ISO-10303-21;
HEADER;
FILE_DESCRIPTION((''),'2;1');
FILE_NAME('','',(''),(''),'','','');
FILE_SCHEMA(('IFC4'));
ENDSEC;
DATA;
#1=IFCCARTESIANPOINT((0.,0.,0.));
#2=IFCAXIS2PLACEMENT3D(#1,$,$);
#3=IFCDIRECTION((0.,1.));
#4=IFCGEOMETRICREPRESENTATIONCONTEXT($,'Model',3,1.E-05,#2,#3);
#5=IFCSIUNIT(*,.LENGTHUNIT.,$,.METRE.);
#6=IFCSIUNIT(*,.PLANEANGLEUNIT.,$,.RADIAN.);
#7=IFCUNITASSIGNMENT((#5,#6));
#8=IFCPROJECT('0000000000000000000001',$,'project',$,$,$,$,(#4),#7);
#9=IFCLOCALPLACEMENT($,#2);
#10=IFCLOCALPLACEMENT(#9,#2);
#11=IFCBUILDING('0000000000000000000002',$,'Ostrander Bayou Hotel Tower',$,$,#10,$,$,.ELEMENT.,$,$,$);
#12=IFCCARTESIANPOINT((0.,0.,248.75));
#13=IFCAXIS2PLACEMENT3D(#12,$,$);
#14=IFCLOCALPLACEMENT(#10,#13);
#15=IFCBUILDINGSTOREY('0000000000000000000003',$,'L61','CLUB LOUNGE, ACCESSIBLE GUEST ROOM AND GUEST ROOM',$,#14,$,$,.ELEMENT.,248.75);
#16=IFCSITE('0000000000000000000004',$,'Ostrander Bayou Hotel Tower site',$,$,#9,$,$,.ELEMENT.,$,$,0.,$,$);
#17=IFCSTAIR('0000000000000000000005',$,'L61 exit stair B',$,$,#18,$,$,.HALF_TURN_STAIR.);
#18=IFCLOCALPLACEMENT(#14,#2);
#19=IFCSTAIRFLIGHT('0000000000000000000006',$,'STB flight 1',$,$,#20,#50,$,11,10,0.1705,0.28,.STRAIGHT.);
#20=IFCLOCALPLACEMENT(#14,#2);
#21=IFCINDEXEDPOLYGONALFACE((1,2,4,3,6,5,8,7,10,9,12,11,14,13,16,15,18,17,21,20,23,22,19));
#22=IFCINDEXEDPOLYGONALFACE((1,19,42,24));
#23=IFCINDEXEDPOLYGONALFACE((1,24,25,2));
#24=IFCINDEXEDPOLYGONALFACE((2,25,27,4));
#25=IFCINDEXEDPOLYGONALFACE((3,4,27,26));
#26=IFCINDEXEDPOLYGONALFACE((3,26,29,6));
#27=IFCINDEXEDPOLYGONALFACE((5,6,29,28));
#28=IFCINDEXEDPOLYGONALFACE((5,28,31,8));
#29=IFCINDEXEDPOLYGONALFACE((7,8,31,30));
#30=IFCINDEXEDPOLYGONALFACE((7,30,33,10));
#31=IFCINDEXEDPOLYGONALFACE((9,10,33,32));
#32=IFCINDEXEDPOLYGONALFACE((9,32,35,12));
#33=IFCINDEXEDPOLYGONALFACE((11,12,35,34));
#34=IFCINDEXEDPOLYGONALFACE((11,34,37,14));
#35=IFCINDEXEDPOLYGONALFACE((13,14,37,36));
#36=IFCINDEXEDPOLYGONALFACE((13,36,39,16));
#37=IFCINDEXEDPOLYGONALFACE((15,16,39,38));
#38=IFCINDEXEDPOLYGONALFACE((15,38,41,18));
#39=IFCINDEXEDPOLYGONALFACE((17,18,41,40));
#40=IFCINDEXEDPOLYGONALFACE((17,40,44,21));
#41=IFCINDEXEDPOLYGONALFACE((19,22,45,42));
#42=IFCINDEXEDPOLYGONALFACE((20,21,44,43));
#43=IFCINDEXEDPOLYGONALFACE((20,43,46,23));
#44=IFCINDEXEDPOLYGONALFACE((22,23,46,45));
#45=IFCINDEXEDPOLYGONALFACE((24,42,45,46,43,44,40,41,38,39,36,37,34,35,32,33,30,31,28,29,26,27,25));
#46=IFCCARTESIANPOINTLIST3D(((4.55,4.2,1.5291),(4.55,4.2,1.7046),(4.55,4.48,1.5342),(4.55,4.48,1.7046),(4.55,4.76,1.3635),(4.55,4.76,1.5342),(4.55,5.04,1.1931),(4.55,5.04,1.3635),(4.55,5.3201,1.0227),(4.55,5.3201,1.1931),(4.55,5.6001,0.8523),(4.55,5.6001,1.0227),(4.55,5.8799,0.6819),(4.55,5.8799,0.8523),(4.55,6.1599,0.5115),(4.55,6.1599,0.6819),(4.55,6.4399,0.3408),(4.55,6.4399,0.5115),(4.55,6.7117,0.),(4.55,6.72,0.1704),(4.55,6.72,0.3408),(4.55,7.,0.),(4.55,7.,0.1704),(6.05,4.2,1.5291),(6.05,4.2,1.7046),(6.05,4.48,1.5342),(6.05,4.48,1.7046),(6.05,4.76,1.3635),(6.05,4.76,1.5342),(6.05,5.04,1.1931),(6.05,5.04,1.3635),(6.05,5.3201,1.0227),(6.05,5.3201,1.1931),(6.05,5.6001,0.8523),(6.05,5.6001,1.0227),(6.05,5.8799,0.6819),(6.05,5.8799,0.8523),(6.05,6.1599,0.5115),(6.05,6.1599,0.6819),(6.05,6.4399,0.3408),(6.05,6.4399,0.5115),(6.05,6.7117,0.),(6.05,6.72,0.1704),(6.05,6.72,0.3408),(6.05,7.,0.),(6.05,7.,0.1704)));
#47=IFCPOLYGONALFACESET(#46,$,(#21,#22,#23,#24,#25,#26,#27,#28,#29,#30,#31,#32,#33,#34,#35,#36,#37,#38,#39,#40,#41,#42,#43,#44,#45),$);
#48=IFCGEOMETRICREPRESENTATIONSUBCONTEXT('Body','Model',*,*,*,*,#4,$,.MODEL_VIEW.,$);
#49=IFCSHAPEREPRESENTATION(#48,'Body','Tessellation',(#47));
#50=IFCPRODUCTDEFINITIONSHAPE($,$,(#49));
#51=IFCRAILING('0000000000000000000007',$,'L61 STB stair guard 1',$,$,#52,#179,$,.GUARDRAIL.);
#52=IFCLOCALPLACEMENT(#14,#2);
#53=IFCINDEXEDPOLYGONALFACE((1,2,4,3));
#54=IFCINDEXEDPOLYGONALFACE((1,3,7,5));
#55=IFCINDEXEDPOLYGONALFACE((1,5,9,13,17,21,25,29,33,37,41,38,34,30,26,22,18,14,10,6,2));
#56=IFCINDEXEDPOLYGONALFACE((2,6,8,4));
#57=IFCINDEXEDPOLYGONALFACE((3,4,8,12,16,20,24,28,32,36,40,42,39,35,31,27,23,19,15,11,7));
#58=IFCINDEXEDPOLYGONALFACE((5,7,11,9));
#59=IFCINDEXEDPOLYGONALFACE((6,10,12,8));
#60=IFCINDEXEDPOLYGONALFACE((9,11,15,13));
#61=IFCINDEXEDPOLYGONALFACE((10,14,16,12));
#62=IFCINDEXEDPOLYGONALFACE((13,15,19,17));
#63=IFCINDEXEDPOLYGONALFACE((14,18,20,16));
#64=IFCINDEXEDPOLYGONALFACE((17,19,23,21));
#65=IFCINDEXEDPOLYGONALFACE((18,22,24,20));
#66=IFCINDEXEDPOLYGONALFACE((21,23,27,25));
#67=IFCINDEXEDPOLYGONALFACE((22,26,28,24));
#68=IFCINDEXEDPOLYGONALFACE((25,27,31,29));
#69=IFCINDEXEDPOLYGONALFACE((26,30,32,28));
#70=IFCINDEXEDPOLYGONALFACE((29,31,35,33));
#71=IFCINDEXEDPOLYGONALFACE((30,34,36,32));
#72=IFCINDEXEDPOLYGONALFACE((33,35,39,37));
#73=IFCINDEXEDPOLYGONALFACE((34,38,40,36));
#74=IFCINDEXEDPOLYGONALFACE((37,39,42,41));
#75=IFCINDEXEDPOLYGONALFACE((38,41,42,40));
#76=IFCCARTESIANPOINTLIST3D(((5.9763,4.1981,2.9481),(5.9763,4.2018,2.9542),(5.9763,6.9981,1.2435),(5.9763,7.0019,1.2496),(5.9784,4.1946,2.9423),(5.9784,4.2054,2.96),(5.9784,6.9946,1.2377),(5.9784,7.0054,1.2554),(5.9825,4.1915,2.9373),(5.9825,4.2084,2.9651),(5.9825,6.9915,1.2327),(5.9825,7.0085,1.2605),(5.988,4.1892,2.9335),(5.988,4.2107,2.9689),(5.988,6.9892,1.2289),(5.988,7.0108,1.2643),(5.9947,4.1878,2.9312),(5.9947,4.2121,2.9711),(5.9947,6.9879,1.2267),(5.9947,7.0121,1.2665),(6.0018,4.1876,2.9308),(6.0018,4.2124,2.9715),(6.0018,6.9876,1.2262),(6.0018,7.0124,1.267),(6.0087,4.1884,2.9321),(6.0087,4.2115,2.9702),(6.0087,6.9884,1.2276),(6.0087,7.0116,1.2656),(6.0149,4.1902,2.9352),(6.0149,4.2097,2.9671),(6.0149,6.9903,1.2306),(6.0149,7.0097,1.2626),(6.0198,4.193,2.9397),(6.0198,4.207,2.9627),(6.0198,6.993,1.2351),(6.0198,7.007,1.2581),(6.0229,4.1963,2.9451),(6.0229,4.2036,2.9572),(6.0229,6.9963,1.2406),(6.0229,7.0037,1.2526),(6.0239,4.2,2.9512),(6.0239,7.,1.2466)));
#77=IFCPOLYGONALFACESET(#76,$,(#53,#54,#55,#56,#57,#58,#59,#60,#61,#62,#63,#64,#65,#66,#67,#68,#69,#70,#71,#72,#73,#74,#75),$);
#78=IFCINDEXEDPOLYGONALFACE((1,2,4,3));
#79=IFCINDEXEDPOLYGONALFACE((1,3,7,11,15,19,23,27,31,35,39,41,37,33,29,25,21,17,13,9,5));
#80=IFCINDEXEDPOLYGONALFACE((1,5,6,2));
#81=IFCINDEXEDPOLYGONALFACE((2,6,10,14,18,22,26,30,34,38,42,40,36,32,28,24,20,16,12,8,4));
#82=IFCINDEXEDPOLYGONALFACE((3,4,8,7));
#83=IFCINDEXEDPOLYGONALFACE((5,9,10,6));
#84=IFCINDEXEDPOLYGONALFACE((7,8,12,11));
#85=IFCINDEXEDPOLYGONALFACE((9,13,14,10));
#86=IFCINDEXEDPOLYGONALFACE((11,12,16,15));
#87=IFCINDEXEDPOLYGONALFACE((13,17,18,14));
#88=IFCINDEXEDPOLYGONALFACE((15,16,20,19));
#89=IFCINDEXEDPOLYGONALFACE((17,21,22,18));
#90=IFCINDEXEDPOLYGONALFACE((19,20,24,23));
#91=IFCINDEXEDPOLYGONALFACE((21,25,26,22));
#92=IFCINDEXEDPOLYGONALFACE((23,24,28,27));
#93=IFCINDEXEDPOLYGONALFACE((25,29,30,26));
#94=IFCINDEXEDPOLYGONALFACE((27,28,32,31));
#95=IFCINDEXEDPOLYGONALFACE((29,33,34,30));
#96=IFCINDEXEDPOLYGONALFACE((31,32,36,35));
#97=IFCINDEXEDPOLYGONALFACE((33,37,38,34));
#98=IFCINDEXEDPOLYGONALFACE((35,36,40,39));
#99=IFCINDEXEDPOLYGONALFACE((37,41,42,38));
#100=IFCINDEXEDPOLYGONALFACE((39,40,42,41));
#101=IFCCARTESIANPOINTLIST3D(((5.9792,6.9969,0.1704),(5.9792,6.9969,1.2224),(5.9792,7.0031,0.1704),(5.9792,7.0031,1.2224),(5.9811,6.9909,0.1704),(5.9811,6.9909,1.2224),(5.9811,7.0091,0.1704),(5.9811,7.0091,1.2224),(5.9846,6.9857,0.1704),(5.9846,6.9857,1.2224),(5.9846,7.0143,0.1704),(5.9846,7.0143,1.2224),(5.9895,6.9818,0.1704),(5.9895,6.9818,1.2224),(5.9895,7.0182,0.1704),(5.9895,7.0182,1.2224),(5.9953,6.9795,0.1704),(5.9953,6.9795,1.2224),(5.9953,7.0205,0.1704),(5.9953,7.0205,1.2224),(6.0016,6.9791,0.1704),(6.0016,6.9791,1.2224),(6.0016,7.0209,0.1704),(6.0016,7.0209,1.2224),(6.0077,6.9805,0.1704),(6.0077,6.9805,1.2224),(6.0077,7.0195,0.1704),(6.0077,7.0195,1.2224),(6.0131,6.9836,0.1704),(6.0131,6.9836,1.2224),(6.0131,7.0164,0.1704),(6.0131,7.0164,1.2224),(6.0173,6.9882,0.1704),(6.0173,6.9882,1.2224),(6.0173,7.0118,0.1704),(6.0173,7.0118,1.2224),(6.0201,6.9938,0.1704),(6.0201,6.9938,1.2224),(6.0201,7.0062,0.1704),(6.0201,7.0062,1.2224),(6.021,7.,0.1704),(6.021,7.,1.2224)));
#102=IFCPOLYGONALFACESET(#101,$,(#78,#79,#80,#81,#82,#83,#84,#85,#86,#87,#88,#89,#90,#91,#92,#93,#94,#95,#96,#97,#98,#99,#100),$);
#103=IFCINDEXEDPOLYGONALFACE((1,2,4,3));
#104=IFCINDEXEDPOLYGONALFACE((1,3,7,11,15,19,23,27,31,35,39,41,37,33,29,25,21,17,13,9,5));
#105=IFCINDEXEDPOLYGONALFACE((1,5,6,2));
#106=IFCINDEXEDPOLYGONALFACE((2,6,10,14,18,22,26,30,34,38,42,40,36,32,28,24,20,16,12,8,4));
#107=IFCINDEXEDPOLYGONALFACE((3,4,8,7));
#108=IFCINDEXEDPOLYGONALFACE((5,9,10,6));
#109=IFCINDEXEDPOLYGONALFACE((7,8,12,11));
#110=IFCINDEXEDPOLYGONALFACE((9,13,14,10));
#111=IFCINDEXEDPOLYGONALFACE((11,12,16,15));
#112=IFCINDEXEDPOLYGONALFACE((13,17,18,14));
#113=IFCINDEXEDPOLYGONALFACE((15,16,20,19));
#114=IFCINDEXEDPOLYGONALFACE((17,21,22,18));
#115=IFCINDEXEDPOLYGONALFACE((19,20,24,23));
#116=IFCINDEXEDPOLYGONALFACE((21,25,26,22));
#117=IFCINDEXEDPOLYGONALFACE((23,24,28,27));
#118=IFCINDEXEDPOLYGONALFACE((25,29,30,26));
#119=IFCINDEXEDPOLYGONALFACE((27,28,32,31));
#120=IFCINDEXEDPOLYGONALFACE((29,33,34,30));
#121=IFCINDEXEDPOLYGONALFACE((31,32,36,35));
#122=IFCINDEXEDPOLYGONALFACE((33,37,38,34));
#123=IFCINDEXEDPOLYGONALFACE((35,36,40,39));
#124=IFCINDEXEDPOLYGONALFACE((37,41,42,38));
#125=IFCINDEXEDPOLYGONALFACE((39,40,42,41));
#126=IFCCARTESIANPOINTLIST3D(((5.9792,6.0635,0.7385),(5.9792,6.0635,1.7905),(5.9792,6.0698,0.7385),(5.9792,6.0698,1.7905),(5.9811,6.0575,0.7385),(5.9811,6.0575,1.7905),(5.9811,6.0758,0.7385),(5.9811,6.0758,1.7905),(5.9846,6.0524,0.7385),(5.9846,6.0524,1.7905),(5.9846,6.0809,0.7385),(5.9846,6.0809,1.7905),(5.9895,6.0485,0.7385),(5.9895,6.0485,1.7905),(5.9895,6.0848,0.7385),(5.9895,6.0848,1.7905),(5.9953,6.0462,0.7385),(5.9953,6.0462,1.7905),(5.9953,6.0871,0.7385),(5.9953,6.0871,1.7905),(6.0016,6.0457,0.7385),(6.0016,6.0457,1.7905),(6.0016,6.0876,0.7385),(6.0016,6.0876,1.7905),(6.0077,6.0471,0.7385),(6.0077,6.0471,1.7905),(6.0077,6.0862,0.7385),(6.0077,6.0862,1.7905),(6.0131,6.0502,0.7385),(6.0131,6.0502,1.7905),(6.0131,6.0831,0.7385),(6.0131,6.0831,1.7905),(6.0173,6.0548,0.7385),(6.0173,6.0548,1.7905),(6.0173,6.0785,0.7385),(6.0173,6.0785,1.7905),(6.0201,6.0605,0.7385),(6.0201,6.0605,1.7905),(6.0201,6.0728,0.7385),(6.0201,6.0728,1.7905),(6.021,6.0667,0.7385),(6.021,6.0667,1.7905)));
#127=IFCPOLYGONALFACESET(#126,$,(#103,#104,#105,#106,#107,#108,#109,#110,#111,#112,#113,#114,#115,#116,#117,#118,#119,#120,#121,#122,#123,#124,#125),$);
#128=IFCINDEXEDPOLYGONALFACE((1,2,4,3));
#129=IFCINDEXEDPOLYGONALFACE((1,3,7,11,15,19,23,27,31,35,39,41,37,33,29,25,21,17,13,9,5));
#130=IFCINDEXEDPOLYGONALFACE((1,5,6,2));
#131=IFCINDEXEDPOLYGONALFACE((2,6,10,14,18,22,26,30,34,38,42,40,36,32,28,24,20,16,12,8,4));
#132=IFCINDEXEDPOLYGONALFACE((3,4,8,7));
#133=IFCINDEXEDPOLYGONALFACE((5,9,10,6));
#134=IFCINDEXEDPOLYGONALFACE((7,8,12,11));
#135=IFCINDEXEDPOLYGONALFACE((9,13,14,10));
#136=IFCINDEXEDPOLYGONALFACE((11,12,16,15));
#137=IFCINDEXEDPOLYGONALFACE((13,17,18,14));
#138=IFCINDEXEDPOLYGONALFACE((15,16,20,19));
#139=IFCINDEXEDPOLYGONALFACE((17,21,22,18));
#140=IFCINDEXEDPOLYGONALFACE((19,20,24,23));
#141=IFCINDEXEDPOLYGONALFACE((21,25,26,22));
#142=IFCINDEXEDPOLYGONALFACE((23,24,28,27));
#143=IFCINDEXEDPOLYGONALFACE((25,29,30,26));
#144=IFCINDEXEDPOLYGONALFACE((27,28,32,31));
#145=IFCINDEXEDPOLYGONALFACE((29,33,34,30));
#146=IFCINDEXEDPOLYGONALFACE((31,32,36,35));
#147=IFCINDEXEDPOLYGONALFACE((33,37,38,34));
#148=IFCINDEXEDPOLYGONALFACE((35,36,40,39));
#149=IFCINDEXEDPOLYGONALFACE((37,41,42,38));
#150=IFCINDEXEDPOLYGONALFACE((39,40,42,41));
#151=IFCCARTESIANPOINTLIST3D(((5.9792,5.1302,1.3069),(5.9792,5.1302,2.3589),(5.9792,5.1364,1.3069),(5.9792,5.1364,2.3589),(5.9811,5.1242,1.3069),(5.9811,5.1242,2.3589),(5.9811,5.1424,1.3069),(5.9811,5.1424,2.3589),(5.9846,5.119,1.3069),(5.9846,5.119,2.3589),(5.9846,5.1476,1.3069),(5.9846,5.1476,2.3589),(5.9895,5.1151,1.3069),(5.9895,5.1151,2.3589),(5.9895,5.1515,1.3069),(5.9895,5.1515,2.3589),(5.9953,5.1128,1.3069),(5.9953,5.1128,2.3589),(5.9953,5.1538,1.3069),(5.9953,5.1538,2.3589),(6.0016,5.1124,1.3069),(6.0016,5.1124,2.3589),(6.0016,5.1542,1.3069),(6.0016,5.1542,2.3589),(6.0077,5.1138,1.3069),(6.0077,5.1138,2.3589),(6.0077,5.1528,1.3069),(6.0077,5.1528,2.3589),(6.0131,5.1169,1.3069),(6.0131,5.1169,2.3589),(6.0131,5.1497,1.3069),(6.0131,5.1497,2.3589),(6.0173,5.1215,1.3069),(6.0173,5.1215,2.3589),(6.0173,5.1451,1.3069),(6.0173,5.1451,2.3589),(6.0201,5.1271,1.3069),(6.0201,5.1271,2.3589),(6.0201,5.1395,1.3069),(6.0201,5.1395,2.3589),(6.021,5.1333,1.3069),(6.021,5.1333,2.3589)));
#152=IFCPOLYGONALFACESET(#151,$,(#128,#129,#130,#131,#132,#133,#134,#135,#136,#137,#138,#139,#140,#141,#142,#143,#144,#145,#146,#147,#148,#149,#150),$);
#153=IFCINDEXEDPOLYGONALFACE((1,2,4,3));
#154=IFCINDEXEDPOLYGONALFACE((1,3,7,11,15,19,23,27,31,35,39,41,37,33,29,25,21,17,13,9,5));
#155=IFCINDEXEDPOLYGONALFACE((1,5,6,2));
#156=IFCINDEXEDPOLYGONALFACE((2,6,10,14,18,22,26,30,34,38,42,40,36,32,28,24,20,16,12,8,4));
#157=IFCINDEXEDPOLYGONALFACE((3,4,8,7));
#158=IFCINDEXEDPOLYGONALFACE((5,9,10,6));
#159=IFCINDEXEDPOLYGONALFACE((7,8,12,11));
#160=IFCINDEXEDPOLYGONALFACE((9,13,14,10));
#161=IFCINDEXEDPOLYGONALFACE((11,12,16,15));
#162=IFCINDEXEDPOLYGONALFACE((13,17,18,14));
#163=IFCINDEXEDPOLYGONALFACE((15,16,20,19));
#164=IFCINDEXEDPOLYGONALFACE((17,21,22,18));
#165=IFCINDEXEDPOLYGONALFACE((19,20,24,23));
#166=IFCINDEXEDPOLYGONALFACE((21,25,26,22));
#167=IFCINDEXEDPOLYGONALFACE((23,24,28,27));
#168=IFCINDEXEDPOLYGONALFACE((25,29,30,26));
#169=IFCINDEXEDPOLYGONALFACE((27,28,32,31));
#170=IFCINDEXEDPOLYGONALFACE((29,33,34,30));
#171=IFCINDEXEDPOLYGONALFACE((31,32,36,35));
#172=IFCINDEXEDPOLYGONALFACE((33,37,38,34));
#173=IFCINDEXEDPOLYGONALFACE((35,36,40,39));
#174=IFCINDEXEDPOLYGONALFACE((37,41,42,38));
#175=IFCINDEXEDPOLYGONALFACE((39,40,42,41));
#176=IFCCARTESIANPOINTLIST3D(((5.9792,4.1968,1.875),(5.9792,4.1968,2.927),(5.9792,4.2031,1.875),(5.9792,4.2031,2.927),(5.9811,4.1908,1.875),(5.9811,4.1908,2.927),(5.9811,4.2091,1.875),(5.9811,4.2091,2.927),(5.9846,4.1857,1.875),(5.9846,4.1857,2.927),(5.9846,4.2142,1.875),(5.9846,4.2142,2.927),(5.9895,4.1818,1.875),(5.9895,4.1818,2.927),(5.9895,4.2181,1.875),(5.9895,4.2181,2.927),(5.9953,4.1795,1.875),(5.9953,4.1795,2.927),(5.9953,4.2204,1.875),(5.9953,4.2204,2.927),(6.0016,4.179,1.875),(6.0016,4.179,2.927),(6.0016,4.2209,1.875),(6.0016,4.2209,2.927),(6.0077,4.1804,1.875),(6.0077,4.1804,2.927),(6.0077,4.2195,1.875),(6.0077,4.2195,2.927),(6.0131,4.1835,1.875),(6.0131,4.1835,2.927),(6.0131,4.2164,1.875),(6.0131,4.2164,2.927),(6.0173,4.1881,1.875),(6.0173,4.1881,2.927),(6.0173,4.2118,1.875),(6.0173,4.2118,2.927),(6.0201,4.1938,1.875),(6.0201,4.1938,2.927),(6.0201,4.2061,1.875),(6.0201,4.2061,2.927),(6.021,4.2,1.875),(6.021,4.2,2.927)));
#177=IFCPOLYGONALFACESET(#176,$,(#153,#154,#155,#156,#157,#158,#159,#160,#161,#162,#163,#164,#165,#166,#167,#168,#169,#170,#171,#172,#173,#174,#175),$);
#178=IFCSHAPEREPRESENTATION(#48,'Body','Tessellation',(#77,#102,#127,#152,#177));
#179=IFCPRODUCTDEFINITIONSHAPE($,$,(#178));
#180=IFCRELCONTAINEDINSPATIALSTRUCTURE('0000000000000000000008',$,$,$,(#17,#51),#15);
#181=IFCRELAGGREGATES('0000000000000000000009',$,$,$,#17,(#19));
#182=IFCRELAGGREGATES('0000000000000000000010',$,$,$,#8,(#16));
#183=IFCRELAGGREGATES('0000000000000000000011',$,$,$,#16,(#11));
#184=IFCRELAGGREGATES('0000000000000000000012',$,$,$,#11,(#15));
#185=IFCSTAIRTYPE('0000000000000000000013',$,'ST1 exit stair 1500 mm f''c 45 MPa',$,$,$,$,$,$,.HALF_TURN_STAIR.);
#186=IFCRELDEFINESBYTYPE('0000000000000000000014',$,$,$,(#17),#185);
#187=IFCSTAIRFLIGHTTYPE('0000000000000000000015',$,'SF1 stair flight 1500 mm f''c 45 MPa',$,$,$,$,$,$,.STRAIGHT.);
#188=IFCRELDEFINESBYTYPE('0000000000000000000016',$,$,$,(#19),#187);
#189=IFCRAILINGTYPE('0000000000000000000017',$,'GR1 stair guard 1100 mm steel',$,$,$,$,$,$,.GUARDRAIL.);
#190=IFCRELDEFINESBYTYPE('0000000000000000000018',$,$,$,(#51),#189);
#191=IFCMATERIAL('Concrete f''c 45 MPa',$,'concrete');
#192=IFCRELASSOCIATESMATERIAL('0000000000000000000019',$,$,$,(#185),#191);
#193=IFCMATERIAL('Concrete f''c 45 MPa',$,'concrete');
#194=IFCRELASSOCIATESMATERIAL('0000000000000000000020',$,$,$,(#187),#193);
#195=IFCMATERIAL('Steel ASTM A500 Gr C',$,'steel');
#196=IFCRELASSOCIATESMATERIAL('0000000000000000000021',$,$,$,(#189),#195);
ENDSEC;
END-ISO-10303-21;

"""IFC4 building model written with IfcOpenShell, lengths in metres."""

from ifc_helpers import new_model, si_unit, direction, frame, origin, origin_2d, place, context, subcontext, project, spatial, polyline, circle, outline, extrude, material, type_object, element, aggregate, save


model = new_model("IFC4")

# Units and contexts
model_context = context("Model", 3, precision=1e-05, world=origin(), true_north=direction((0.0, 1.0)))
body_context = subcontext(model_context, "Body", "Model", "MODEL_VIEW")
ifc_project = project(units=[si_unit("LENGTHUNIT", "METRE"), si_unit("PLANEANGLEUNIT", "RADIAN")], contexts=[model_context])

# Site, building, storey
site_placement = place(None, origin())
site = spatial("IfcSite", under=ifc_project, at=site_placement, Name="Ostrander Bayou Hotel Tower site", CompositionType="ELEMENT", RefElevation=0.0)
building_placement = place(site_placement, origin())
building = spatial("IfcBuilding", under=site, at=building_placement, Name="Ostrander Bayou Hotel Tower", CompositionType="ELEMENT")
storey_placement = place(building_placement, frame((0.0, 0.0, 248.75)))
storey = spatial("IfcBuildingStorey", under=building, at=storey_placement, Name="L61", Description="CLUB LOUNGE, ACCESSIBLE GUEST ROOM AND GUEST ROOM", CompositionType="ELEMENT", Elevation=248.75)

# Stair, stair flight
ifc_material_1 = material(Name="Concrete f'c 45 MPa", Category="concrete")
stair_type = type_object("IfcStairType", Name="ST1 exit stair 1500 mm f'c 45 MPa", PredefinedType="HALF_TURN_STAIR", material=ifc_material_1)
stair_placement = place(storey_placement, origin())
stair = element("IfcStair", 1, at=stair_placement, inside=storey, type_object=stair_type, Name="L61 exit stair B", PredefinedType="HALF_TURN_STAIR")
ifc_material_2 = material(Name="Concrete f'c 45 MPa", Category="concrete")
stair_flight_type = type_object("IfcStairFlightType", Name="SF1 stair flight 1500 mm f'c 45 MPa", PredefinedType="STRAIGHT", material=ifc_material_2)
stair_flight_placement = place(storey_placement, frame((5.3, 7.0, 0.0), z_axis=(0.0, 0.0, 1.0), x_axis=(0.0, -1.0, 0.0)))
stair_flight = element("IfcStairFlight", 2, at=stair_flight_placement, type_object=stair_flight_type, Name="STB flight 1", NumberOfRisers=11, NumberOfTreads=10, PredefinedType="STRAIGHT", RiserHeight=0.1705, TreadLength=0.28, context=body_context, shape_type="SweptSolid", body=[
    extrude(outline(polyline([(0.0, 0.0), (0.0, 0.1704), (0.28, 0.1704), (0.28, 0.3408), (0.5601, 0.3408), (0.5601, 0.5115), (0.8401, 0.5115), (0.8401, 0.6819), (1.1201, 0.6819), (1.1201, 0.8523), (1.3999, 0.8523), (1.3999, 1.0227), (1.6799, 1.0227), (1.6799, 1.1931), (1.96, 1.1931), (1.96, 1.3635), (2.24, 1.3635), (2.24, 1.5342), (2.52, 1.5342), (2.52, 1.7046), (2.8, 1.7046), (2.8, 1.875), (2.8, 1.5291), (0.2883, 0.0), (0.0, 0.0)])), frame((0.0, 0.75, 0.0), z_axis=(0.0, -1.0, 0.0), x_axis=(1.0, 0.0, 0.0)), (0.0, 0.0, 1.0), 1.5),
])
aggregate(stair, [stair_flight])

# Railing
ifc_material_3 = material(Name="Steel ASTM A500 Gr C", Category="steel")
railing_type_1 = type_object("IfcRailingType", Name="GR1 stair guard 1100 mm steel", PredefinedType="GUARDRAIL", material=ifc_material_3)
railing_1_placement = place(storey_placement, frame((6.0, 7.0, 0.1704)))
element("IfcRailing", 3, at=railing_1_placement, inside=storey, type_object=railing_type_1, Name="L61 STB stair guard 1", PredefinedType="GUARDRAIL", context=body_context, shape_type="SweptSolid", body=[
    extrude(circle(Radius=0.0239, at=origin_2d()), frame((0.0, 0.0, 1.0762), z_axis=(0.0, -0.85417, 0.519994), x_axis=(1.0, 0.0, 0.0)), (0.0, 0.0, 1.0), 3.2781),
    extrude(circle(Radius=0.021, at=origin_2d()), origin(), (0.0, 0.0, 1.0), 1.052),
    extrude(circle(Radius=0.021, at=origin_2d()), frame((0.0, -0.9333, 0.5681)), (0.0, 0.0, 1.0), 1.052),
    extrude(circle(Radius=0.021, at=origin_2d()), frame((0.0, -1.8667, 1.1365)), (0.0, 0.0, 1.0), 1.052),
    extrude(circle(Radius=0.021, at=origin_2d()), frame((0.0, -2.8, 1.7046)), (0.0, 0.0, 1.0), 1.052),
])

save(model, "model.ifc")
